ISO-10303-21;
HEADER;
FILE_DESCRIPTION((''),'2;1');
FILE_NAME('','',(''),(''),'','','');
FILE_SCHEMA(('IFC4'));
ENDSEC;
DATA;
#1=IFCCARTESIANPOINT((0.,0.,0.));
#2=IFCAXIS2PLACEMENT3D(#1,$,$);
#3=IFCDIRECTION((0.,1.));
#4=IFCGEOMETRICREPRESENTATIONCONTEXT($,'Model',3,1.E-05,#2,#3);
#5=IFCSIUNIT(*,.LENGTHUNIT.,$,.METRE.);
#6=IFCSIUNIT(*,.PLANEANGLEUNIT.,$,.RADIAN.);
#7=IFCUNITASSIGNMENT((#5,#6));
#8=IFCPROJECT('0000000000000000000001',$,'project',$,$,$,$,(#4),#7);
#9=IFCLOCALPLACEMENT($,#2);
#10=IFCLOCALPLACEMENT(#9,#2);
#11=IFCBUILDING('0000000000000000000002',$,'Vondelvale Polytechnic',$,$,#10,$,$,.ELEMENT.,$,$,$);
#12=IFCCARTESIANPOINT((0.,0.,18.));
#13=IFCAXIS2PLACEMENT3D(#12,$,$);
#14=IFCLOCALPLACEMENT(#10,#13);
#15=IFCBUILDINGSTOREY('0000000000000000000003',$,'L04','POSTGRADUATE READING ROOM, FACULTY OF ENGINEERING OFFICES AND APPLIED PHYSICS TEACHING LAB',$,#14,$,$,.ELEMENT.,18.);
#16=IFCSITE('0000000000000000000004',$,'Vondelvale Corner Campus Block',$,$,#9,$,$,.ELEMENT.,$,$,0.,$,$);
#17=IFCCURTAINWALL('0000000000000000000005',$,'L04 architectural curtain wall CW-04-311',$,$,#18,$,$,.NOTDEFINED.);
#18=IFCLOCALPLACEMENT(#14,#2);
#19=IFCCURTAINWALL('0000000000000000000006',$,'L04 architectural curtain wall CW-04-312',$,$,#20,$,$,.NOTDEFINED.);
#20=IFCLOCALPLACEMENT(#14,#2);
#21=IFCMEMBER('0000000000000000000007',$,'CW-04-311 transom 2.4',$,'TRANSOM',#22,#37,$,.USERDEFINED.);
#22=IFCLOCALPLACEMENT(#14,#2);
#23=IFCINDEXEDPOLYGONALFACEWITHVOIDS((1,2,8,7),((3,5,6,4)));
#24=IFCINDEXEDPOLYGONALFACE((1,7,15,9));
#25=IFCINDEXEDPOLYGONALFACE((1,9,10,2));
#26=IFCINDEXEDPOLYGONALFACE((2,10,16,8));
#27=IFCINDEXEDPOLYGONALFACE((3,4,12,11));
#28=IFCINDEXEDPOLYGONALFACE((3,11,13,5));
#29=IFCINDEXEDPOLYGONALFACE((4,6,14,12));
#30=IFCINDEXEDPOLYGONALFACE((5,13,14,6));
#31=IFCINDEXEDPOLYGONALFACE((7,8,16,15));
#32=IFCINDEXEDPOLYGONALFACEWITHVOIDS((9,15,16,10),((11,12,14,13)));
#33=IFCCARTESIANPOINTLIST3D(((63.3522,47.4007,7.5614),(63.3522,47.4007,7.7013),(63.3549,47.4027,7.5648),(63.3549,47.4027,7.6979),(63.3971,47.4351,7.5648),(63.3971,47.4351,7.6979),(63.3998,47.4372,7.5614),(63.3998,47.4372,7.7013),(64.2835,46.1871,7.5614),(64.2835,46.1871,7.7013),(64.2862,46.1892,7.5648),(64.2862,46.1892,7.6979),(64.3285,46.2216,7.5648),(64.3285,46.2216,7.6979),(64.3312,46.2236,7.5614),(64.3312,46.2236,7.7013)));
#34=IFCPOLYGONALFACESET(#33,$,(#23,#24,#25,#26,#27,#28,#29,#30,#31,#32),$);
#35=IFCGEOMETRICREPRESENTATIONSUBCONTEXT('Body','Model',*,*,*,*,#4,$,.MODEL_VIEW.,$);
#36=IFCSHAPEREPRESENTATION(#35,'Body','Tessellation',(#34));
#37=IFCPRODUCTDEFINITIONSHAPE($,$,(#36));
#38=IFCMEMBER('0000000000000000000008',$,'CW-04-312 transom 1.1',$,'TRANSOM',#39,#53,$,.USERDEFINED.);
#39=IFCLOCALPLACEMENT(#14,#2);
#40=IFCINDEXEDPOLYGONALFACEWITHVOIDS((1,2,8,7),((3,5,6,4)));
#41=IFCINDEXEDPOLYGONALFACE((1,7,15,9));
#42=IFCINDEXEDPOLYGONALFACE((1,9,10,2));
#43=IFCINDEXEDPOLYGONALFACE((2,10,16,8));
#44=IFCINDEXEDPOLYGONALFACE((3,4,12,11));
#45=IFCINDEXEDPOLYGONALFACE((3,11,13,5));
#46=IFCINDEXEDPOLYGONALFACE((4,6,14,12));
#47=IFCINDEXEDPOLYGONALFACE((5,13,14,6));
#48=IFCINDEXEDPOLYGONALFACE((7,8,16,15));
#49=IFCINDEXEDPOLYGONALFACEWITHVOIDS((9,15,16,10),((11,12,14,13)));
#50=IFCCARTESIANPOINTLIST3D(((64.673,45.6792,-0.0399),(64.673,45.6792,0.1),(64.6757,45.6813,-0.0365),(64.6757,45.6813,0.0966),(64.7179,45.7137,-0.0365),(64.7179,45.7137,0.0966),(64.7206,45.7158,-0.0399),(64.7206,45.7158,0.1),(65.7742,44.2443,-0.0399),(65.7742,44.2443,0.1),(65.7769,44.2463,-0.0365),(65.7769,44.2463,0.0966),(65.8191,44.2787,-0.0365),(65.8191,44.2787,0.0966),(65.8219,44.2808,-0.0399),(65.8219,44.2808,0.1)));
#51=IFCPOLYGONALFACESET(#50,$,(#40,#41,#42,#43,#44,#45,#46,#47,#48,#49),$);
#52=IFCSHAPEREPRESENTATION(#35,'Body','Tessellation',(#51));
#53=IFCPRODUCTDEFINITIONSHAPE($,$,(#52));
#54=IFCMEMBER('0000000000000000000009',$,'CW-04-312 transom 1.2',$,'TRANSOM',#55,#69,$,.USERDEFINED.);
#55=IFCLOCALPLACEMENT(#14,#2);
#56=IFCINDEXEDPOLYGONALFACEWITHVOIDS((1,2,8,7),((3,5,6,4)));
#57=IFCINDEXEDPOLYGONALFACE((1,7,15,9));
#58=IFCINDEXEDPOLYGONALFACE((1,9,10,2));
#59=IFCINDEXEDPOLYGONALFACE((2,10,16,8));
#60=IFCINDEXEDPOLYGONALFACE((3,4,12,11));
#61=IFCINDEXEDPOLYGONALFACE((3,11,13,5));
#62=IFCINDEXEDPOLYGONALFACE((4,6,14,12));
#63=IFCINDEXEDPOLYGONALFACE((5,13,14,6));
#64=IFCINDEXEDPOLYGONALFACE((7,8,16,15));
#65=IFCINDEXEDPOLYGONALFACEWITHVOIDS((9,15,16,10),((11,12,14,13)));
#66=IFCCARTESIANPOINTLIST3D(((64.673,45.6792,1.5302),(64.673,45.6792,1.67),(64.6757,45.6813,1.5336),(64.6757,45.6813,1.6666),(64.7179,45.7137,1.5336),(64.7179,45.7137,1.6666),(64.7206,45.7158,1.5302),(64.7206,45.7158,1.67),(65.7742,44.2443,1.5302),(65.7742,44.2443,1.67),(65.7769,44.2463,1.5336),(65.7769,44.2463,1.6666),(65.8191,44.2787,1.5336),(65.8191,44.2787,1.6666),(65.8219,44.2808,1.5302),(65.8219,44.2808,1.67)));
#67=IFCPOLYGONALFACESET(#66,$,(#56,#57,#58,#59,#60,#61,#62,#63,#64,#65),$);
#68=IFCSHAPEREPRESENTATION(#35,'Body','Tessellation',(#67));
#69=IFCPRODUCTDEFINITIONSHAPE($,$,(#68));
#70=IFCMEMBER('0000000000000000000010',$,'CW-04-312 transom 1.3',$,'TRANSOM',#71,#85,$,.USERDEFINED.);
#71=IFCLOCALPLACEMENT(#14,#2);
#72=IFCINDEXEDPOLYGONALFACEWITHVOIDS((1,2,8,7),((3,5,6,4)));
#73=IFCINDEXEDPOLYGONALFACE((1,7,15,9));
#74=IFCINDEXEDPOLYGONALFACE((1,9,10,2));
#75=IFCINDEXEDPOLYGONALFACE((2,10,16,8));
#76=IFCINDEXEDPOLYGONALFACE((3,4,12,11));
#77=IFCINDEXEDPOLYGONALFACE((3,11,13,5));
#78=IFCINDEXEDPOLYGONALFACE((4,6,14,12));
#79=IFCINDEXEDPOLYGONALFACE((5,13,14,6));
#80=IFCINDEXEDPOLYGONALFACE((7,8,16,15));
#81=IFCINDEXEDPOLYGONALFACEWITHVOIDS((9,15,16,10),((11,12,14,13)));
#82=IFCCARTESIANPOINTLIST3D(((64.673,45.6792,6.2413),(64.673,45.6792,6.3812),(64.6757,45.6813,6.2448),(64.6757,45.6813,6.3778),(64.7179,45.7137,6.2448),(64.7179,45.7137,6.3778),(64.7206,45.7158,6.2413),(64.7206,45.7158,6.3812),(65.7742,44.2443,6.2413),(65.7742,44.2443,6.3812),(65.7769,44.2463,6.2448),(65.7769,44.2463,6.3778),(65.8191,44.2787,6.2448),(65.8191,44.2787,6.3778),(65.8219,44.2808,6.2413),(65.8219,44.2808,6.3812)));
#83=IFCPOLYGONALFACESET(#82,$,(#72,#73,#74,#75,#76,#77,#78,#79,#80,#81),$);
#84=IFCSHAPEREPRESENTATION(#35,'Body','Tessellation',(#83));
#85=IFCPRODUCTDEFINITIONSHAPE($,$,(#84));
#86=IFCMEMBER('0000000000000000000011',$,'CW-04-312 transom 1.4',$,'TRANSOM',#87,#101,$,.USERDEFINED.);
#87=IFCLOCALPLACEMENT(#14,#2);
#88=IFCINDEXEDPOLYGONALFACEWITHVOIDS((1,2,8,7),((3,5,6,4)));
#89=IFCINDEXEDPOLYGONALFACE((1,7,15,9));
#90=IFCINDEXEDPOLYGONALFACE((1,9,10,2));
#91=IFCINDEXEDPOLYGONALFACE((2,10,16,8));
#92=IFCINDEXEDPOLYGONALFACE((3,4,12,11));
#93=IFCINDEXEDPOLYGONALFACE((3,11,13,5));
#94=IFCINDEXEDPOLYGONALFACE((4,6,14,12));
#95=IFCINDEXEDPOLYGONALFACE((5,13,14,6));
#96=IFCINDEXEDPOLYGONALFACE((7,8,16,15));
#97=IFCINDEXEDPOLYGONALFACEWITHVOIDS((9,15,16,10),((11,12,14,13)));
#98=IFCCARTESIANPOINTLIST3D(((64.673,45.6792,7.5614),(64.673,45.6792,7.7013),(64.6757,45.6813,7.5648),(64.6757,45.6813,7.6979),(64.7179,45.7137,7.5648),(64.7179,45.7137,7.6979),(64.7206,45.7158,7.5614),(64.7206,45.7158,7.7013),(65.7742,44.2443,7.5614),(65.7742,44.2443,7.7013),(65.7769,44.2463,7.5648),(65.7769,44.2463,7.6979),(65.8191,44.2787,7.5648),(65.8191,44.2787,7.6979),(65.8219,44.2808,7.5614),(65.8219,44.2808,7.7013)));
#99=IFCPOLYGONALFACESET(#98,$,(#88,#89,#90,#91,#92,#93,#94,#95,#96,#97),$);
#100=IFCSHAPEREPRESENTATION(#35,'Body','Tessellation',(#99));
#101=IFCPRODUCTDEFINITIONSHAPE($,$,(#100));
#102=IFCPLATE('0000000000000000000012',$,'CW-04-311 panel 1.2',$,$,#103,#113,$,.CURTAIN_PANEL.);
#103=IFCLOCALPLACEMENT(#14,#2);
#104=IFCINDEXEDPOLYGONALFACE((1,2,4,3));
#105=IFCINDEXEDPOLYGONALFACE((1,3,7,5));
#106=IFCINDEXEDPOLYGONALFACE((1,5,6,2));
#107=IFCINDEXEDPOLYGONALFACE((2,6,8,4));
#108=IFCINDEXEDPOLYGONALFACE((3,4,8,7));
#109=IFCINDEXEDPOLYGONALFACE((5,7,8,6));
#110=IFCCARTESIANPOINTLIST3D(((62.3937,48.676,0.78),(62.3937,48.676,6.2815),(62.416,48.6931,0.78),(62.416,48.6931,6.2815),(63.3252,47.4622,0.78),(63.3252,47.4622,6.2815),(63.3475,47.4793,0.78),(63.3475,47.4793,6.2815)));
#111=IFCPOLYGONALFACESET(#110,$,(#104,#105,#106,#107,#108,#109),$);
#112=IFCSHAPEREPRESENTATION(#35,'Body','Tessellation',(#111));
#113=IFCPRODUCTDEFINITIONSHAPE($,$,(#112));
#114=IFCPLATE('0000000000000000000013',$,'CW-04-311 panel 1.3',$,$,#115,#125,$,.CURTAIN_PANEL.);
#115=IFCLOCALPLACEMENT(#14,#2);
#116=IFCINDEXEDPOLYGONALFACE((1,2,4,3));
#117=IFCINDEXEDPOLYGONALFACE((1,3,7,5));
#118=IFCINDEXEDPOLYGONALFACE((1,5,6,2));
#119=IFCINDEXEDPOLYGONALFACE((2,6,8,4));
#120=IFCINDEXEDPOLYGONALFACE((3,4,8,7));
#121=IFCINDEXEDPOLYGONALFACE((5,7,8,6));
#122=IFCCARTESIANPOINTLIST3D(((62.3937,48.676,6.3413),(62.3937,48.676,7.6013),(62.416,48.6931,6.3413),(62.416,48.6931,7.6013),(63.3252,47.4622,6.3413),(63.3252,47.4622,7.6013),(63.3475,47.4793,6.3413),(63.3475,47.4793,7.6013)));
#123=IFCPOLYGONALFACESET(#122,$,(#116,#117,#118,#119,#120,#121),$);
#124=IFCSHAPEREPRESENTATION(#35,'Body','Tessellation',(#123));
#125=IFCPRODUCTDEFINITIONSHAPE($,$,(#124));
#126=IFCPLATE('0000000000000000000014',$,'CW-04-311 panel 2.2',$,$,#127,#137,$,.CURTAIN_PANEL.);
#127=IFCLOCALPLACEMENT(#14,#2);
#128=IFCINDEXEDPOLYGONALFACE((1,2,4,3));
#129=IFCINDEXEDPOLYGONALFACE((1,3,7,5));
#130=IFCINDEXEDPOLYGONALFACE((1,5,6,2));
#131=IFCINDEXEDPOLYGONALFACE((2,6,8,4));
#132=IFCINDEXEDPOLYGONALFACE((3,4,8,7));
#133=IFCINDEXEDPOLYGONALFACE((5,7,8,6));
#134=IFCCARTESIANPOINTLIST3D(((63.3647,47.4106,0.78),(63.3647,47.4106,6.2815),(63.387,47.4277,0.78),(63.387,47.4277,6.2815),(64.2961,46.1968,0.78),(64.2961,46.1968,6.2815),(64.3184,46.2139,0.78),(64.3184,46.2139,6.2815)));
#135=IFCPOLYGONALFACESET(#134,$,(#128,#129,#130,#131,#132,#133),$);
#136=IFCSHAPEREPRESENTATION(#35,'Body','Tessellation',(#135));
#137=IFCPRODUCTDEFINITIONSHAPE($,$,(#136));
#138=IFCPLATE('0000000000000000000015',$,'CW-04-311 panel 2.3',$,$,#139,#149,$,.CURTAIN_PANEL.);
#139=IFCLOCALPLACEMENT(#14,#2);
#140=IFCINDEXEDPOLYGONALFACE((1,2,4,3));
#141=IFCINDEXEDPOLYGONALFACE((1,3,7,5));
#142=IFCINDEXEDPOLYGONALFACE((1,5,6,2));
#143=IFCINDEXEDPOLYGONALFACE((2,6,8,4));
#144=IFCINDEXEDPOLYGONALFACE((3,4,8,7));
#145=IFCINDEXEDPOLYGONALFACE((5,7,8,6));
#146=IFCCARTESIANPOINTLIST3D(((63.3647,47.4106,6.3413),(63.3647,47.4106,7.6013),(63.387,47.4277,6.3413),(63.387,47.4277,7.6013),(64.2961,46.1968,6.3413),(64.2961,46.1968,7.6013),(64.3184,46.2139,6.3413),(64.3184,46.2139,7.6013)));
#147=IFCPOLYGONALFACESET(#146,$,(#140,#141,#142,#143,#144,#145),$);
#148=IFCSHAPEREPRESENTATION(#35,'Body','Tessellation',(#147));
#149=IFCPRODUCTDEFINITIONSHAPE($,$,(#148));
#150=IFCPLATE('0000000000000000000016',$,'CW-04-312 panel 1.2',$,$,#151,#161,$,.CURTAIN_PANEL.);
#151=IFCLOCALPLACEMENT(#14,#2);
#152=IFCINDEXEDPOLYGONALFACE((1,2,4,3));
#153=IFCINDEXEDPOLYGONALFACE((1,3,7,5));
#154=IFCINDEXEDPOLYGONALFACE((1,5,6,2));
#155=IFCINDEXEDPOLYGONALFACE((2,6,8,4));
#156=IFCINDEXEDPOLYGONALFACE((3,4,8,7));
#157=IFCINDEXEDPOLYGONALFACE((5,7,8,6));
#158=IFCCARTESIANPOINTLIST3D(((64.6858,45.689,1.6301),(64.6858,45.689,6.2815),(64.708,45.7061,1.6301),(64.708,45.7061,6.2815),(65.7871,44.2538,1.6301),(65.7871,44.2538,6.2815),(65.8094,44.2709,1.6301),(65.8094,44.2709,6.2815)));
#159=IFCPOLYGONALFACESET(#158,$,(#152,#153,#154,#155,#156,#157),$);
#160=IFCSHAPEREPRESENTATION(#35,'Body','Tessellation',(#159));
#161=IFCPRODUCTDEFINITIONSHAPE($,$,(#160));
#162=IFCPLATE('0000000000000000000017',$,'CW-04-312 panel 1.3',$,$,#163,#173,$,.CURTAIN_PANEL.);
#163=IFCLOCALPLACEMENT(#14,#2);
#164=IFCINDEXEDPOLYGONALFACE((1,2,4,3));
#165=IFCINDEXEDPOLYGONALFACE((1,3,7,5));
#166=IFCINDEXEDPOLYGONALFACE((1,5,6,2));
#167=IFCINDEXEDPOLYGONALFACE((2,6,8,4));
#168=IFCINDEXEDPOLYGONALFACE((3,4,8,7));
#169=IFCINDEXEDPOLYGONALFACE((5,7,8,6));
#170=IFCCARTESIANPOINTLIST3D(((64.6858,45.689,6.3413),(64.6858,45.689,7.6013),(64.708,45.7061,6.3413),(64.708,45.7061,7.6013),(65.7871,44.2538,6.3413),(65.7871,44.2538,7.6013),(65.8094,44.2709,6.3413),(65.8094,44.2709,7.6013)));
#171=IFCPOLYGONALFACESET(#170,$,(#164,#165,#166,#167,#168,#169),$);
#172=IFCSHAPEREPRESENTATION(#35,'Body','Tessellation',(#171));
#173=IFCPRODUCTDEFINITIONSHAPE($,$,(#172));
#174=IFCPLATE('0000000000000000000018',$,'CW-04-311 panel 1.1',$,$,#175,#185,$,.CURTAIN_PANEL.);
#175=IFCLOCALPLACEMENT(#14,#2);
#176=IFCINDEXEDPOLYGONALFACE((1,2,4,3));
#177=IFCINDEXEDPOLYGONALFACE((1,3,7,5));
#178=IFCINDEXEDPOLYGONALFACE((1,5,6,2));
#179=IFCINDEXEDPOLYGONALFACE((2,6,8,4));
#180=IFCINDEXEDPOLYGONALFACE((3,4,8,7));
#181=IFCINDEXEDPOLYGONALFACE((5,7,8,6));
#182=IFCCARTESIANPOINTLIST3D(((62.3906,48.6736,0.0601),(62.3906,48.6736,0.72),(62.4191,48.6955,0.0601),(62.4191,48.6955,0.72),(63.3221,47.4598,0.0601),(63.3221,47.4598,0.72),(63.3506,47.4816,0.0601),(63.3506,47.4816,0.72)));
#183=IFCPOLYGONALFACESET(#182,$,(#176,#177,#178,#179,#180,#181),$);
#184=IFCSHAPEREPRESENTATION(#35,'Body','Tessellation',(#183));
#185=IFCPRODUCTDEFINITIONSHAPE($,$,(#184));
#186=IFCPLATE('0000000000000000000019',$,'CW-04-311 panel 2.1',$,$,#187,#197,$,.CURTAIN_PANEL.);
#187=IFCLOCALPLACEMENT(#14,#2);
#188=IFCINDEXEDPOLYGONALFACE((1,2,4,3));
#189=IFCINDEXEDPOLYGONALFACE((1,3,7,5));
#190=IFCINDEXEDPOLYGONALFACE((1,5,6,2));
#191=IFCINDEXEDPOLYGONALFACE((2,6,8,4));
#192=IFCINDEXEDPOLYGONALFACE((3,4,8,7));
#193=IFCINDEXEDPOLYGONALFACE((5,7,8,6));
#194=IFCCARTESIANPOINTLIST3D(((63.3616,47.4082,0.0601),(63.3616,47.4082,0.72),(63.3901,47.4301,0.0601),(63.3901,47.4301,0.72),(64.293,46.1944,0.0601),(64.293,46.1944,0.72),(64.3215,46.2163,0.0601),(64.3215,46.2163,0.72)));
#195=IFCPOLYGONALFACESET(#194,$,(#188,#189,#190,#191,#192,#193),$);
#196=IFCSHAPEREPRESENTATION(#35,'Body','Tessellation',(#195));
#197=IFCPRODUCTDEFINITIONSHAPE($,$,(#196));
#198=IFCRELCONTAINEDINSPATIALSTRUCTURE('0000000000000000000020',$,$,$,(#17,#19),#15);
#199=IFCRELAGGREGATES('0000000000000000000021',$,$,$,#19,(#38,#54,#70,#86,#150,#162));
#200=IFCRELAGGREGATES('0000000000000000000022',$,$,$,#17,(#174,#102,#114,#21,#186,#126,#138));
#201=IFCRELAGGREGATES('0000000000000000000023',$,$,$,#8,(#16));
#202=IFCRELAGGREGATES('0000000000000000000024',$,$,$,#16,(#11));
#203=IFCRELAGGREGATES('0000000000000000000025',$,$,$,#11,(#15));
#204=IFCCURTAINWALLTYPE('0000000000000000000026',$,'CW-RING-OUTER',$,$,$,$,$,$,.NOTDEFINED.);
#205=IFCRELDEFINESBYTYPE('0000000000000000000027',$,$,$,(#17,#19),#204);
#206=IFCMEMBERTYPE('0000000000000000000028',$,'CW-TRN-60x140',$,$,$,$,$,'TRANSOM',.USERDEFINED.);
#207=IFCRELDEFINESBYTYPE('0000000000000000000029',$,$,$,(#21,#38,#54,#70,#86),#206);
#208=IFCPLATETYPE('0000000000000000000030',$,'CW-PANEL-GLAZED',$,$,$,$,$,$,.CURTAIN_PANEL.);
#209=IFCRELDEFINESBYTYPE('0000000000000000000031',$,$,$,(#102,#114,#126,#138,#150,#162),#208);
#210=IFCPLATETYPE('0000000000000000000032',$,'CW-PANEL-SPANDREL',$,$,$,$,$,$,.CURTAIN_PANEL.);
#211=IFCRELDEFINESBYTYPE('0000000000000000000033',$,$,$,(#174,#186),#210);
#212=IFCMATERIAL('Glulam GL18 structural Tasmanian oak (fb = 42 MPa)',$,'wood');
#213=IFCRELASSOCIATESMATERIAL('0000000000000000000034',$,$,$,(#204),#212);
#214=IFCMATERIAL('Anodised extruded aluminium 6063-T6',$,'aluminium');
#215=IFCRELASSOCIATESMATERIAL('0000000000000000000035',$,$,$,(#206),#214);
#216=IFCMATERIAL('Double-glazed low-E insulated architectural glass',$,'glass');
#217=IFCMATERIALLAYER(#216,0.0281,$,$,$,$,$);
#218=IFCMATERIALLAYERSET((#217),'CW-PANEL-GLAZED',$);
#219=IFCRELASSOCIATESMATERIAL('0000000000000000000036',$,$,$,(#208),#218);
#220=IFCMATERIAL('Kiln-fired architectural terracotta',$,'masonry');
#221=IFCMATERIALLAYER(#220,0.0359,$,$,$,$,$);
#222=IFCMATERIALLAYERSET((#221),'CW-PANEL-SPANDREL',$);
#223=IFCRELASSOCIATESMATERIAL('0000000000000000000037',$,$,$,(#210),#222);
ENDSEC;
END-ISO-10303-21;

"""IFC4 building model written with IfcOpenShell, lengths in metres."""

from ifc_helpers import new_model, si_unit, direction, frame, origin, origin_2d, place, context, subcontext, project, spatial, rectangle, hollow_rectangle, extrude, material, layer, layer_set, material_profile, profile_set, type_object, element, aggregate, save


model = new_model("IFC4")

# Units and contexts
model_context = context("Model", 3, precision=1e-05, world=origin(), true_north=direction((0.0, 1.0)))
body_context = subcontext(model_context, "Body", "Model", "MODEL_VIEW")
ifc_project = project(units=[si_unit("LENGTHUNIT", "METRE"), si_unit("PLANEANGLEUNIT", "RADIAN")], contexts=[model_context])

# Site, building, storey
site_placement = place(None, origin())
site = spatial("IfcSite", under=ifc_project, at=site_placement, Name="Vondelvale Corner Campus Block", CompositionType="ELEMENT", RefElevation=0.0)
building_placement = place(site_placement, origin())
building = spatial("IfcBuilding", under=site, at=building_placement, Name="Vondelvale Polytechnic", CompositionType="ELEMENT")
storey_placement = place(building_placement, frame((0.0, 0.0, 18.0)))
storey = spatial("IfcBuildingStorey", under=building, at=storey_placement, Name="L04", Description="POSTGRADUATE READING ROOM, FACULTY OF ENGINEERING OFFICES AND APPLIED PHYSICS TEACHING LAB", CompositionType="ELEMENT", Elevation=18.0)

# Shared definitions
ifc_material_1 = material(Name="Glulam GL18 structural Tasmanian oak (fb = 42 MPa)", Category="wood")

# Curtain wall
curtain_wall_type = type_object("IfcCurtainWallType", Name="CW-RING-OUTER", PredefinedType="NOTDEFINED", material=ifc_material_1)
curtain_wall_1_placement = place(storey_placement, origin())
curtain_wall_1 = element("IfcCurtainWall", 1, at=curtain_wall_1_placement, inside=storey, type_object=curtain_wall_type, Name="L04 architectural curtain wall CW-04-311", PredefinedType="NOTDEFINED")
ifc_material_2 = material(Name="Anodised extruded aluminium 6063-T6", Category="aluminium")

# Curtain wall
curtain_wall_2_placement = place(storey_placement, origin())
curtain_wall_2 = element("IfcCurtainWall", 2, at=curtain_wall_2_placement, inside=storey, type_object=curtain_wall_type, Name="L04 architectural curtain wall CW-04-312", PredefinedType="NOTDEFINED")

# Members
ifc_material_profile_1 = material_profile(ifc_material_2, hollow_rectangle(XDim=0.0601, YDim=0.1399, WallThickness=0.0034, at=origin_2d()), Name="CW-TRN-140x60")
ifc_profile_set_1 = profile_set([ifc_material_profile_1], Name="Anodised extruded aluminium 6063-T6")
member_type_1 = type_object("IfcMemberType", Name="CW-TRN-60x140", ElementType="TRANSOM", PredefinedType="USERDEFINED", material=ifc_profile_set_1)
member_1_placement = place(storey_placement, frame((63.376, 47.4189, 7.6313), z_axis=(0.608823, -0.793306, 0.0), x_axis=(0.793306, 0.608823, 0.0)))
member_1 = element("IfcMember", 3, at=member_1_placement, type_object=member_type_1, Name="CW-04-311 transom 2.4", ObjectType="TRANSOM", PredefinedType="USERDEFINED", context=body_context, shape_type="SweptSolid", body=[
    extrude(hollow_rectangle(XDim=0.0601, YDim=0.1399, WallThickness=0.0034, at=origin_2d()), origin(), (0.0, 0.0, 1.0), 1.5298),
])
member_2_placement = place(storey_placement, frame((64.6968, 45.6975, 0.03), z_axis=(0.608817, -0.793311, 0.0), x_axis=(0.793311, 0.608817, 0.0)))
member_2 = element("IfcMember", 4, at=member_2_placement, type_object=member_type_1, Name="CW-04-312 transom 1.1", ObjectType="TRANSOM", PredefinedType="USERDEFINED", context=body_context, shape_type="SweptSolid", body=[
    extrude(hollow_rectangle(XDim=0.0601, YDim=0.1399, WallThickness=0.0034, at=origin_2d()), origin(), (0.0, 0.0, 1.0), 1.8088),
])
member_3_placement = place(storey_placement, frame((64.6968, 45.6975, 1.6001), z_axis=(0.608817, -0.793311, 0.0), x_axis=(0.793311, 0.608817, 0.0)))
member_3 = element("IfcMember", 5, at=member_3_placement, type_object=member_type_1, Name="CW-04-312 transom 1.2", ObjectType="TRANSOM", PredefinedType="USERDEFINED", context=body_context, shape_type="SweptSolid", body=[
    extrude(hollow_rectangle(XDim=0.0601, YDim=0.1399, WallThickness=0.0034, at=origin_2d()), origin(), (0.0, 0.0, 1.0), 1.8088),
])
member_4_placement = place(storey_placement, frame((64.6968, 45.6975, 6.3113), z_axis=(0.608817, -0.793311, 0.0), x_axis=(0.793311, 0.608817, 0.0)))
member_4 = element("IfcMember", 6, at=member_4_placement, type_object=member_type_1, Name="CW-04-312 transom 1.3", ObjectType="TRANSOM", PredefinedType="USERDEFINED", context=body_context, shape_type="SweptSolid", body=[
    extrude(hollow_rectangle(XDim=0.0601, YDim=0.1399, WallThickness=0.0034, at=origin_2d()), origin(), (0.0, 0.0, 1.0), 1.8088),
])
member_5_placement = place(storey_placement, frame((64.6968, 45.6975, 7.6313), z_axis=(0.608817, -0.793311, 0.0), x_axis=(0.793311, 0.608817, 0.0)))
member_5 = element("IfcMember", 7, at=member_5_placement, type_object=member_type_1, Name="CW-04-312 transom 1.4", ObjectType="TRANSOM", PredefinedType="USERDEFINED", context=body_context, shape_type="SweptSolid", body=[
    extrude(hollow_rectangle(XDim=0.0601, YDim=0.1399, WallThickness=0.0034, at=origin_2d()), origin(), (0.0, 0.0, 1.0), 1.8088),
])

# Plates
ifc_material_3 = material(Name="Double-glazed low-E insulated architectural glass", Category="glass")
ifc_layer_1 = layer(ifc_material_3, 0.0281)
ifc_layer_set_1 = layer_set([ifc_layer_1], Name="CW-PANEL-GLAZED")
plate_type_1 = type_object("IfcPlateType", Name="CW-PANEL-GLAZED", PredefinedType="CURTAIN_PANEL", material=ifc_layer_set_1)
plate_1_placement = place(storey_placement, frame((62.8706, 48.0776, 0.78), z_axis=(0.0, 0.0, 1.0), x_axis=(0.608787, -0.793334, 0.0)))
plate_1 = element("IfcPlate", 8, at=plate_1_placement, type_object=plate_type_1, Name="CW-04-311 panel 1.2", PredefinedType="CURTAIN_PANEL", context=body_context, shape_type="SweptSolid", body=[
    extrude(rectangle(XDim=1.53, YDim=0.0281, at=origin_2d()), origin(), (0.0, 0.0, 1.0), 5.5015),
])
plate_2_placement = place(storey_placement, frame((62.8706, 48.0776, 6.3413), z_axis=(0.0, 0.0, 1.0), x_axis=(0.608787, -0.793334, 0.0)))
plate_2 = element("IfcPlate", 9, at=plate_2_placement, type_object=plate_type_1, Name="CW-04-311 panel 1.3", PredefinedType="CURTAIN_PANEL", context=body_context, shape_type="SweptSolid", body=[
    extrude(rectangle(XDim=1.53, YDim=0.0281, at=origin_2d()), origin(), (0.0, 0.0, 1.0), 1.26),
])
plate_3_placement = place(storey_placement, frame((63.8416, 46.8123, 0.78), z_axis=(0.0, 0.0, 1.0), x_axis=(0.608787, -0.793334, 0.0)))
plate_3 = element("IfcPlate", 10, at=plate_3_placement, type_object=plate_type_1, Name="CW-04-311 panel 2.2", PredefinedType="CURTAIN_PANEL", context=body_context, shape_type="SweptSolid", body=[
    extrude(rectangle(XDim=1.53, YDim=0.0281, at=origin_2d()), origin(), (0.0, 0.0, 1.0), 5.5015),
])
plate_4_placement = place(storey_placement, frame((63.8416, 46.8123, 6.3413), z_axis=(0.0, 0.0, 1.0), x_axis=(0.608787, -0.793334, 0.0)))
plate_4 = element("IfcPlate", 11, at=plate_4_placement, type_object=plate_type_1, Name="CW-04-311 panel 2.3", PredefinedType="CURTAIN_PANEL", context=body_context, shape_type="SweptSolid", body=[
    extrude(rectangle(XDim=1.53, YDim=0.0281, at=origin_2d()), origin(), (0.0, 0.0, 1.0), 1.26),
])
plate_5_placement = place(storey_placement, frame((65.2476, 44.98, 1.6301), z_axis=(0.0, 0.0, 1.0), x_axis=(0.608771, -0.793346, 0.0)))
plate_5 = element("IfcPlate", 12, at=plate_5_placement, type_object=plate_type_1, Name="CW-04-312 panel 1.2", PredefinedType="CURTAIN_PANEL", context=body_context, shape_type="SweptSolid", body=[
    extrude(rectangle(XDim=1.8091, YDim=0.0281, at=origin_2d()), origin(), (0.0, 0.0, 1.0), 4.6514),
])
plate_6_placement = place(storey_placement, frame((65.2476, 44.98, 6.3413), z_axis=(0.0, 0.0, 1.0), x_axis=(0.608771, -0.793346, 0.0)))
plate_6 = element("IfcPlate", 13, at=plate_6_placement, type_object=plate_type_1, Name="CW-04-312 panel 1.3", PredefinedType="CURTAIN_PANEL", context=body_context, shape_type="SweptSolid", body=[
    extrude(rectangle(XDim=1.8091, YDim=0.0281, at=origin_2d()), origin(), (0.0, 0.0, 1.0), 1.26),
])
aggregate(curtain_wall_2, [member_2, member_3, member_4, member_5, plate_5, plate_6])
ifc_material_4 = material(Name="Kiln-fired architectural terracotta", Category="masonry")
ifc_layer_2 = layer(ifc_material_4, 0.0359)
ifc_layer_set_2 = layer_set([ifc_layer_2], Name="CW-PANEL-SPANDREL")
plate_type_2 = type_object("IfcPlateType", Name="CW-PANEL-SPANDREL", PredefinedType="CURTAIN_PANEL", material=ifc_layer_set_2)
plate_7_placement = place(storey_placement, frame((62.8706, 48.0776, 0.0601), z_axis=(0.0, 0.0, 1.0), x_axis=(0.608787, -0.793334, 0.0)))
plate_7 = element("IfcPlate", 14, at=plate_7_placement, type_object=plate_type_2, Name="CW-04-311 panel 1.1", PredefinedType="CURTAIN_PANEL", context=body_context, shape_type="SweptSolid", body=[
    extrude(rectangle(XDim=1.53, YDim=0.0359, at=origin_2d()), origin(), (0.0, 0.0, 1.0), 0.6599),
])
plate_8_placement = place(storey_placement, frame((63.8416, 46.8123, 0.0601), z_axis=(0.0, 0.0, 1.0), x_axis=(0.608787, -0.793334, 0.0)))
plate_8 = element("IfcPlate", 15, at=plate_8_placement, type_object=plate_type_2, Name="CW-04-311 panel 2.1", PredefinedType="CURTAIN_PANEL", context=body_context, shape_type="SweptSolid", body=[
    extrude(rectangle(XDim=1.53, YDim=0.0359, at=origin_2d()), origin(), (0.0, 0.0, 1.0), 0.6599),
])
aggregate(curtain_wall_1, [plate_7, plate_1, plate_2, member_1, plate_8, plate_3, plate_4])

save(model, "model.ifc")
